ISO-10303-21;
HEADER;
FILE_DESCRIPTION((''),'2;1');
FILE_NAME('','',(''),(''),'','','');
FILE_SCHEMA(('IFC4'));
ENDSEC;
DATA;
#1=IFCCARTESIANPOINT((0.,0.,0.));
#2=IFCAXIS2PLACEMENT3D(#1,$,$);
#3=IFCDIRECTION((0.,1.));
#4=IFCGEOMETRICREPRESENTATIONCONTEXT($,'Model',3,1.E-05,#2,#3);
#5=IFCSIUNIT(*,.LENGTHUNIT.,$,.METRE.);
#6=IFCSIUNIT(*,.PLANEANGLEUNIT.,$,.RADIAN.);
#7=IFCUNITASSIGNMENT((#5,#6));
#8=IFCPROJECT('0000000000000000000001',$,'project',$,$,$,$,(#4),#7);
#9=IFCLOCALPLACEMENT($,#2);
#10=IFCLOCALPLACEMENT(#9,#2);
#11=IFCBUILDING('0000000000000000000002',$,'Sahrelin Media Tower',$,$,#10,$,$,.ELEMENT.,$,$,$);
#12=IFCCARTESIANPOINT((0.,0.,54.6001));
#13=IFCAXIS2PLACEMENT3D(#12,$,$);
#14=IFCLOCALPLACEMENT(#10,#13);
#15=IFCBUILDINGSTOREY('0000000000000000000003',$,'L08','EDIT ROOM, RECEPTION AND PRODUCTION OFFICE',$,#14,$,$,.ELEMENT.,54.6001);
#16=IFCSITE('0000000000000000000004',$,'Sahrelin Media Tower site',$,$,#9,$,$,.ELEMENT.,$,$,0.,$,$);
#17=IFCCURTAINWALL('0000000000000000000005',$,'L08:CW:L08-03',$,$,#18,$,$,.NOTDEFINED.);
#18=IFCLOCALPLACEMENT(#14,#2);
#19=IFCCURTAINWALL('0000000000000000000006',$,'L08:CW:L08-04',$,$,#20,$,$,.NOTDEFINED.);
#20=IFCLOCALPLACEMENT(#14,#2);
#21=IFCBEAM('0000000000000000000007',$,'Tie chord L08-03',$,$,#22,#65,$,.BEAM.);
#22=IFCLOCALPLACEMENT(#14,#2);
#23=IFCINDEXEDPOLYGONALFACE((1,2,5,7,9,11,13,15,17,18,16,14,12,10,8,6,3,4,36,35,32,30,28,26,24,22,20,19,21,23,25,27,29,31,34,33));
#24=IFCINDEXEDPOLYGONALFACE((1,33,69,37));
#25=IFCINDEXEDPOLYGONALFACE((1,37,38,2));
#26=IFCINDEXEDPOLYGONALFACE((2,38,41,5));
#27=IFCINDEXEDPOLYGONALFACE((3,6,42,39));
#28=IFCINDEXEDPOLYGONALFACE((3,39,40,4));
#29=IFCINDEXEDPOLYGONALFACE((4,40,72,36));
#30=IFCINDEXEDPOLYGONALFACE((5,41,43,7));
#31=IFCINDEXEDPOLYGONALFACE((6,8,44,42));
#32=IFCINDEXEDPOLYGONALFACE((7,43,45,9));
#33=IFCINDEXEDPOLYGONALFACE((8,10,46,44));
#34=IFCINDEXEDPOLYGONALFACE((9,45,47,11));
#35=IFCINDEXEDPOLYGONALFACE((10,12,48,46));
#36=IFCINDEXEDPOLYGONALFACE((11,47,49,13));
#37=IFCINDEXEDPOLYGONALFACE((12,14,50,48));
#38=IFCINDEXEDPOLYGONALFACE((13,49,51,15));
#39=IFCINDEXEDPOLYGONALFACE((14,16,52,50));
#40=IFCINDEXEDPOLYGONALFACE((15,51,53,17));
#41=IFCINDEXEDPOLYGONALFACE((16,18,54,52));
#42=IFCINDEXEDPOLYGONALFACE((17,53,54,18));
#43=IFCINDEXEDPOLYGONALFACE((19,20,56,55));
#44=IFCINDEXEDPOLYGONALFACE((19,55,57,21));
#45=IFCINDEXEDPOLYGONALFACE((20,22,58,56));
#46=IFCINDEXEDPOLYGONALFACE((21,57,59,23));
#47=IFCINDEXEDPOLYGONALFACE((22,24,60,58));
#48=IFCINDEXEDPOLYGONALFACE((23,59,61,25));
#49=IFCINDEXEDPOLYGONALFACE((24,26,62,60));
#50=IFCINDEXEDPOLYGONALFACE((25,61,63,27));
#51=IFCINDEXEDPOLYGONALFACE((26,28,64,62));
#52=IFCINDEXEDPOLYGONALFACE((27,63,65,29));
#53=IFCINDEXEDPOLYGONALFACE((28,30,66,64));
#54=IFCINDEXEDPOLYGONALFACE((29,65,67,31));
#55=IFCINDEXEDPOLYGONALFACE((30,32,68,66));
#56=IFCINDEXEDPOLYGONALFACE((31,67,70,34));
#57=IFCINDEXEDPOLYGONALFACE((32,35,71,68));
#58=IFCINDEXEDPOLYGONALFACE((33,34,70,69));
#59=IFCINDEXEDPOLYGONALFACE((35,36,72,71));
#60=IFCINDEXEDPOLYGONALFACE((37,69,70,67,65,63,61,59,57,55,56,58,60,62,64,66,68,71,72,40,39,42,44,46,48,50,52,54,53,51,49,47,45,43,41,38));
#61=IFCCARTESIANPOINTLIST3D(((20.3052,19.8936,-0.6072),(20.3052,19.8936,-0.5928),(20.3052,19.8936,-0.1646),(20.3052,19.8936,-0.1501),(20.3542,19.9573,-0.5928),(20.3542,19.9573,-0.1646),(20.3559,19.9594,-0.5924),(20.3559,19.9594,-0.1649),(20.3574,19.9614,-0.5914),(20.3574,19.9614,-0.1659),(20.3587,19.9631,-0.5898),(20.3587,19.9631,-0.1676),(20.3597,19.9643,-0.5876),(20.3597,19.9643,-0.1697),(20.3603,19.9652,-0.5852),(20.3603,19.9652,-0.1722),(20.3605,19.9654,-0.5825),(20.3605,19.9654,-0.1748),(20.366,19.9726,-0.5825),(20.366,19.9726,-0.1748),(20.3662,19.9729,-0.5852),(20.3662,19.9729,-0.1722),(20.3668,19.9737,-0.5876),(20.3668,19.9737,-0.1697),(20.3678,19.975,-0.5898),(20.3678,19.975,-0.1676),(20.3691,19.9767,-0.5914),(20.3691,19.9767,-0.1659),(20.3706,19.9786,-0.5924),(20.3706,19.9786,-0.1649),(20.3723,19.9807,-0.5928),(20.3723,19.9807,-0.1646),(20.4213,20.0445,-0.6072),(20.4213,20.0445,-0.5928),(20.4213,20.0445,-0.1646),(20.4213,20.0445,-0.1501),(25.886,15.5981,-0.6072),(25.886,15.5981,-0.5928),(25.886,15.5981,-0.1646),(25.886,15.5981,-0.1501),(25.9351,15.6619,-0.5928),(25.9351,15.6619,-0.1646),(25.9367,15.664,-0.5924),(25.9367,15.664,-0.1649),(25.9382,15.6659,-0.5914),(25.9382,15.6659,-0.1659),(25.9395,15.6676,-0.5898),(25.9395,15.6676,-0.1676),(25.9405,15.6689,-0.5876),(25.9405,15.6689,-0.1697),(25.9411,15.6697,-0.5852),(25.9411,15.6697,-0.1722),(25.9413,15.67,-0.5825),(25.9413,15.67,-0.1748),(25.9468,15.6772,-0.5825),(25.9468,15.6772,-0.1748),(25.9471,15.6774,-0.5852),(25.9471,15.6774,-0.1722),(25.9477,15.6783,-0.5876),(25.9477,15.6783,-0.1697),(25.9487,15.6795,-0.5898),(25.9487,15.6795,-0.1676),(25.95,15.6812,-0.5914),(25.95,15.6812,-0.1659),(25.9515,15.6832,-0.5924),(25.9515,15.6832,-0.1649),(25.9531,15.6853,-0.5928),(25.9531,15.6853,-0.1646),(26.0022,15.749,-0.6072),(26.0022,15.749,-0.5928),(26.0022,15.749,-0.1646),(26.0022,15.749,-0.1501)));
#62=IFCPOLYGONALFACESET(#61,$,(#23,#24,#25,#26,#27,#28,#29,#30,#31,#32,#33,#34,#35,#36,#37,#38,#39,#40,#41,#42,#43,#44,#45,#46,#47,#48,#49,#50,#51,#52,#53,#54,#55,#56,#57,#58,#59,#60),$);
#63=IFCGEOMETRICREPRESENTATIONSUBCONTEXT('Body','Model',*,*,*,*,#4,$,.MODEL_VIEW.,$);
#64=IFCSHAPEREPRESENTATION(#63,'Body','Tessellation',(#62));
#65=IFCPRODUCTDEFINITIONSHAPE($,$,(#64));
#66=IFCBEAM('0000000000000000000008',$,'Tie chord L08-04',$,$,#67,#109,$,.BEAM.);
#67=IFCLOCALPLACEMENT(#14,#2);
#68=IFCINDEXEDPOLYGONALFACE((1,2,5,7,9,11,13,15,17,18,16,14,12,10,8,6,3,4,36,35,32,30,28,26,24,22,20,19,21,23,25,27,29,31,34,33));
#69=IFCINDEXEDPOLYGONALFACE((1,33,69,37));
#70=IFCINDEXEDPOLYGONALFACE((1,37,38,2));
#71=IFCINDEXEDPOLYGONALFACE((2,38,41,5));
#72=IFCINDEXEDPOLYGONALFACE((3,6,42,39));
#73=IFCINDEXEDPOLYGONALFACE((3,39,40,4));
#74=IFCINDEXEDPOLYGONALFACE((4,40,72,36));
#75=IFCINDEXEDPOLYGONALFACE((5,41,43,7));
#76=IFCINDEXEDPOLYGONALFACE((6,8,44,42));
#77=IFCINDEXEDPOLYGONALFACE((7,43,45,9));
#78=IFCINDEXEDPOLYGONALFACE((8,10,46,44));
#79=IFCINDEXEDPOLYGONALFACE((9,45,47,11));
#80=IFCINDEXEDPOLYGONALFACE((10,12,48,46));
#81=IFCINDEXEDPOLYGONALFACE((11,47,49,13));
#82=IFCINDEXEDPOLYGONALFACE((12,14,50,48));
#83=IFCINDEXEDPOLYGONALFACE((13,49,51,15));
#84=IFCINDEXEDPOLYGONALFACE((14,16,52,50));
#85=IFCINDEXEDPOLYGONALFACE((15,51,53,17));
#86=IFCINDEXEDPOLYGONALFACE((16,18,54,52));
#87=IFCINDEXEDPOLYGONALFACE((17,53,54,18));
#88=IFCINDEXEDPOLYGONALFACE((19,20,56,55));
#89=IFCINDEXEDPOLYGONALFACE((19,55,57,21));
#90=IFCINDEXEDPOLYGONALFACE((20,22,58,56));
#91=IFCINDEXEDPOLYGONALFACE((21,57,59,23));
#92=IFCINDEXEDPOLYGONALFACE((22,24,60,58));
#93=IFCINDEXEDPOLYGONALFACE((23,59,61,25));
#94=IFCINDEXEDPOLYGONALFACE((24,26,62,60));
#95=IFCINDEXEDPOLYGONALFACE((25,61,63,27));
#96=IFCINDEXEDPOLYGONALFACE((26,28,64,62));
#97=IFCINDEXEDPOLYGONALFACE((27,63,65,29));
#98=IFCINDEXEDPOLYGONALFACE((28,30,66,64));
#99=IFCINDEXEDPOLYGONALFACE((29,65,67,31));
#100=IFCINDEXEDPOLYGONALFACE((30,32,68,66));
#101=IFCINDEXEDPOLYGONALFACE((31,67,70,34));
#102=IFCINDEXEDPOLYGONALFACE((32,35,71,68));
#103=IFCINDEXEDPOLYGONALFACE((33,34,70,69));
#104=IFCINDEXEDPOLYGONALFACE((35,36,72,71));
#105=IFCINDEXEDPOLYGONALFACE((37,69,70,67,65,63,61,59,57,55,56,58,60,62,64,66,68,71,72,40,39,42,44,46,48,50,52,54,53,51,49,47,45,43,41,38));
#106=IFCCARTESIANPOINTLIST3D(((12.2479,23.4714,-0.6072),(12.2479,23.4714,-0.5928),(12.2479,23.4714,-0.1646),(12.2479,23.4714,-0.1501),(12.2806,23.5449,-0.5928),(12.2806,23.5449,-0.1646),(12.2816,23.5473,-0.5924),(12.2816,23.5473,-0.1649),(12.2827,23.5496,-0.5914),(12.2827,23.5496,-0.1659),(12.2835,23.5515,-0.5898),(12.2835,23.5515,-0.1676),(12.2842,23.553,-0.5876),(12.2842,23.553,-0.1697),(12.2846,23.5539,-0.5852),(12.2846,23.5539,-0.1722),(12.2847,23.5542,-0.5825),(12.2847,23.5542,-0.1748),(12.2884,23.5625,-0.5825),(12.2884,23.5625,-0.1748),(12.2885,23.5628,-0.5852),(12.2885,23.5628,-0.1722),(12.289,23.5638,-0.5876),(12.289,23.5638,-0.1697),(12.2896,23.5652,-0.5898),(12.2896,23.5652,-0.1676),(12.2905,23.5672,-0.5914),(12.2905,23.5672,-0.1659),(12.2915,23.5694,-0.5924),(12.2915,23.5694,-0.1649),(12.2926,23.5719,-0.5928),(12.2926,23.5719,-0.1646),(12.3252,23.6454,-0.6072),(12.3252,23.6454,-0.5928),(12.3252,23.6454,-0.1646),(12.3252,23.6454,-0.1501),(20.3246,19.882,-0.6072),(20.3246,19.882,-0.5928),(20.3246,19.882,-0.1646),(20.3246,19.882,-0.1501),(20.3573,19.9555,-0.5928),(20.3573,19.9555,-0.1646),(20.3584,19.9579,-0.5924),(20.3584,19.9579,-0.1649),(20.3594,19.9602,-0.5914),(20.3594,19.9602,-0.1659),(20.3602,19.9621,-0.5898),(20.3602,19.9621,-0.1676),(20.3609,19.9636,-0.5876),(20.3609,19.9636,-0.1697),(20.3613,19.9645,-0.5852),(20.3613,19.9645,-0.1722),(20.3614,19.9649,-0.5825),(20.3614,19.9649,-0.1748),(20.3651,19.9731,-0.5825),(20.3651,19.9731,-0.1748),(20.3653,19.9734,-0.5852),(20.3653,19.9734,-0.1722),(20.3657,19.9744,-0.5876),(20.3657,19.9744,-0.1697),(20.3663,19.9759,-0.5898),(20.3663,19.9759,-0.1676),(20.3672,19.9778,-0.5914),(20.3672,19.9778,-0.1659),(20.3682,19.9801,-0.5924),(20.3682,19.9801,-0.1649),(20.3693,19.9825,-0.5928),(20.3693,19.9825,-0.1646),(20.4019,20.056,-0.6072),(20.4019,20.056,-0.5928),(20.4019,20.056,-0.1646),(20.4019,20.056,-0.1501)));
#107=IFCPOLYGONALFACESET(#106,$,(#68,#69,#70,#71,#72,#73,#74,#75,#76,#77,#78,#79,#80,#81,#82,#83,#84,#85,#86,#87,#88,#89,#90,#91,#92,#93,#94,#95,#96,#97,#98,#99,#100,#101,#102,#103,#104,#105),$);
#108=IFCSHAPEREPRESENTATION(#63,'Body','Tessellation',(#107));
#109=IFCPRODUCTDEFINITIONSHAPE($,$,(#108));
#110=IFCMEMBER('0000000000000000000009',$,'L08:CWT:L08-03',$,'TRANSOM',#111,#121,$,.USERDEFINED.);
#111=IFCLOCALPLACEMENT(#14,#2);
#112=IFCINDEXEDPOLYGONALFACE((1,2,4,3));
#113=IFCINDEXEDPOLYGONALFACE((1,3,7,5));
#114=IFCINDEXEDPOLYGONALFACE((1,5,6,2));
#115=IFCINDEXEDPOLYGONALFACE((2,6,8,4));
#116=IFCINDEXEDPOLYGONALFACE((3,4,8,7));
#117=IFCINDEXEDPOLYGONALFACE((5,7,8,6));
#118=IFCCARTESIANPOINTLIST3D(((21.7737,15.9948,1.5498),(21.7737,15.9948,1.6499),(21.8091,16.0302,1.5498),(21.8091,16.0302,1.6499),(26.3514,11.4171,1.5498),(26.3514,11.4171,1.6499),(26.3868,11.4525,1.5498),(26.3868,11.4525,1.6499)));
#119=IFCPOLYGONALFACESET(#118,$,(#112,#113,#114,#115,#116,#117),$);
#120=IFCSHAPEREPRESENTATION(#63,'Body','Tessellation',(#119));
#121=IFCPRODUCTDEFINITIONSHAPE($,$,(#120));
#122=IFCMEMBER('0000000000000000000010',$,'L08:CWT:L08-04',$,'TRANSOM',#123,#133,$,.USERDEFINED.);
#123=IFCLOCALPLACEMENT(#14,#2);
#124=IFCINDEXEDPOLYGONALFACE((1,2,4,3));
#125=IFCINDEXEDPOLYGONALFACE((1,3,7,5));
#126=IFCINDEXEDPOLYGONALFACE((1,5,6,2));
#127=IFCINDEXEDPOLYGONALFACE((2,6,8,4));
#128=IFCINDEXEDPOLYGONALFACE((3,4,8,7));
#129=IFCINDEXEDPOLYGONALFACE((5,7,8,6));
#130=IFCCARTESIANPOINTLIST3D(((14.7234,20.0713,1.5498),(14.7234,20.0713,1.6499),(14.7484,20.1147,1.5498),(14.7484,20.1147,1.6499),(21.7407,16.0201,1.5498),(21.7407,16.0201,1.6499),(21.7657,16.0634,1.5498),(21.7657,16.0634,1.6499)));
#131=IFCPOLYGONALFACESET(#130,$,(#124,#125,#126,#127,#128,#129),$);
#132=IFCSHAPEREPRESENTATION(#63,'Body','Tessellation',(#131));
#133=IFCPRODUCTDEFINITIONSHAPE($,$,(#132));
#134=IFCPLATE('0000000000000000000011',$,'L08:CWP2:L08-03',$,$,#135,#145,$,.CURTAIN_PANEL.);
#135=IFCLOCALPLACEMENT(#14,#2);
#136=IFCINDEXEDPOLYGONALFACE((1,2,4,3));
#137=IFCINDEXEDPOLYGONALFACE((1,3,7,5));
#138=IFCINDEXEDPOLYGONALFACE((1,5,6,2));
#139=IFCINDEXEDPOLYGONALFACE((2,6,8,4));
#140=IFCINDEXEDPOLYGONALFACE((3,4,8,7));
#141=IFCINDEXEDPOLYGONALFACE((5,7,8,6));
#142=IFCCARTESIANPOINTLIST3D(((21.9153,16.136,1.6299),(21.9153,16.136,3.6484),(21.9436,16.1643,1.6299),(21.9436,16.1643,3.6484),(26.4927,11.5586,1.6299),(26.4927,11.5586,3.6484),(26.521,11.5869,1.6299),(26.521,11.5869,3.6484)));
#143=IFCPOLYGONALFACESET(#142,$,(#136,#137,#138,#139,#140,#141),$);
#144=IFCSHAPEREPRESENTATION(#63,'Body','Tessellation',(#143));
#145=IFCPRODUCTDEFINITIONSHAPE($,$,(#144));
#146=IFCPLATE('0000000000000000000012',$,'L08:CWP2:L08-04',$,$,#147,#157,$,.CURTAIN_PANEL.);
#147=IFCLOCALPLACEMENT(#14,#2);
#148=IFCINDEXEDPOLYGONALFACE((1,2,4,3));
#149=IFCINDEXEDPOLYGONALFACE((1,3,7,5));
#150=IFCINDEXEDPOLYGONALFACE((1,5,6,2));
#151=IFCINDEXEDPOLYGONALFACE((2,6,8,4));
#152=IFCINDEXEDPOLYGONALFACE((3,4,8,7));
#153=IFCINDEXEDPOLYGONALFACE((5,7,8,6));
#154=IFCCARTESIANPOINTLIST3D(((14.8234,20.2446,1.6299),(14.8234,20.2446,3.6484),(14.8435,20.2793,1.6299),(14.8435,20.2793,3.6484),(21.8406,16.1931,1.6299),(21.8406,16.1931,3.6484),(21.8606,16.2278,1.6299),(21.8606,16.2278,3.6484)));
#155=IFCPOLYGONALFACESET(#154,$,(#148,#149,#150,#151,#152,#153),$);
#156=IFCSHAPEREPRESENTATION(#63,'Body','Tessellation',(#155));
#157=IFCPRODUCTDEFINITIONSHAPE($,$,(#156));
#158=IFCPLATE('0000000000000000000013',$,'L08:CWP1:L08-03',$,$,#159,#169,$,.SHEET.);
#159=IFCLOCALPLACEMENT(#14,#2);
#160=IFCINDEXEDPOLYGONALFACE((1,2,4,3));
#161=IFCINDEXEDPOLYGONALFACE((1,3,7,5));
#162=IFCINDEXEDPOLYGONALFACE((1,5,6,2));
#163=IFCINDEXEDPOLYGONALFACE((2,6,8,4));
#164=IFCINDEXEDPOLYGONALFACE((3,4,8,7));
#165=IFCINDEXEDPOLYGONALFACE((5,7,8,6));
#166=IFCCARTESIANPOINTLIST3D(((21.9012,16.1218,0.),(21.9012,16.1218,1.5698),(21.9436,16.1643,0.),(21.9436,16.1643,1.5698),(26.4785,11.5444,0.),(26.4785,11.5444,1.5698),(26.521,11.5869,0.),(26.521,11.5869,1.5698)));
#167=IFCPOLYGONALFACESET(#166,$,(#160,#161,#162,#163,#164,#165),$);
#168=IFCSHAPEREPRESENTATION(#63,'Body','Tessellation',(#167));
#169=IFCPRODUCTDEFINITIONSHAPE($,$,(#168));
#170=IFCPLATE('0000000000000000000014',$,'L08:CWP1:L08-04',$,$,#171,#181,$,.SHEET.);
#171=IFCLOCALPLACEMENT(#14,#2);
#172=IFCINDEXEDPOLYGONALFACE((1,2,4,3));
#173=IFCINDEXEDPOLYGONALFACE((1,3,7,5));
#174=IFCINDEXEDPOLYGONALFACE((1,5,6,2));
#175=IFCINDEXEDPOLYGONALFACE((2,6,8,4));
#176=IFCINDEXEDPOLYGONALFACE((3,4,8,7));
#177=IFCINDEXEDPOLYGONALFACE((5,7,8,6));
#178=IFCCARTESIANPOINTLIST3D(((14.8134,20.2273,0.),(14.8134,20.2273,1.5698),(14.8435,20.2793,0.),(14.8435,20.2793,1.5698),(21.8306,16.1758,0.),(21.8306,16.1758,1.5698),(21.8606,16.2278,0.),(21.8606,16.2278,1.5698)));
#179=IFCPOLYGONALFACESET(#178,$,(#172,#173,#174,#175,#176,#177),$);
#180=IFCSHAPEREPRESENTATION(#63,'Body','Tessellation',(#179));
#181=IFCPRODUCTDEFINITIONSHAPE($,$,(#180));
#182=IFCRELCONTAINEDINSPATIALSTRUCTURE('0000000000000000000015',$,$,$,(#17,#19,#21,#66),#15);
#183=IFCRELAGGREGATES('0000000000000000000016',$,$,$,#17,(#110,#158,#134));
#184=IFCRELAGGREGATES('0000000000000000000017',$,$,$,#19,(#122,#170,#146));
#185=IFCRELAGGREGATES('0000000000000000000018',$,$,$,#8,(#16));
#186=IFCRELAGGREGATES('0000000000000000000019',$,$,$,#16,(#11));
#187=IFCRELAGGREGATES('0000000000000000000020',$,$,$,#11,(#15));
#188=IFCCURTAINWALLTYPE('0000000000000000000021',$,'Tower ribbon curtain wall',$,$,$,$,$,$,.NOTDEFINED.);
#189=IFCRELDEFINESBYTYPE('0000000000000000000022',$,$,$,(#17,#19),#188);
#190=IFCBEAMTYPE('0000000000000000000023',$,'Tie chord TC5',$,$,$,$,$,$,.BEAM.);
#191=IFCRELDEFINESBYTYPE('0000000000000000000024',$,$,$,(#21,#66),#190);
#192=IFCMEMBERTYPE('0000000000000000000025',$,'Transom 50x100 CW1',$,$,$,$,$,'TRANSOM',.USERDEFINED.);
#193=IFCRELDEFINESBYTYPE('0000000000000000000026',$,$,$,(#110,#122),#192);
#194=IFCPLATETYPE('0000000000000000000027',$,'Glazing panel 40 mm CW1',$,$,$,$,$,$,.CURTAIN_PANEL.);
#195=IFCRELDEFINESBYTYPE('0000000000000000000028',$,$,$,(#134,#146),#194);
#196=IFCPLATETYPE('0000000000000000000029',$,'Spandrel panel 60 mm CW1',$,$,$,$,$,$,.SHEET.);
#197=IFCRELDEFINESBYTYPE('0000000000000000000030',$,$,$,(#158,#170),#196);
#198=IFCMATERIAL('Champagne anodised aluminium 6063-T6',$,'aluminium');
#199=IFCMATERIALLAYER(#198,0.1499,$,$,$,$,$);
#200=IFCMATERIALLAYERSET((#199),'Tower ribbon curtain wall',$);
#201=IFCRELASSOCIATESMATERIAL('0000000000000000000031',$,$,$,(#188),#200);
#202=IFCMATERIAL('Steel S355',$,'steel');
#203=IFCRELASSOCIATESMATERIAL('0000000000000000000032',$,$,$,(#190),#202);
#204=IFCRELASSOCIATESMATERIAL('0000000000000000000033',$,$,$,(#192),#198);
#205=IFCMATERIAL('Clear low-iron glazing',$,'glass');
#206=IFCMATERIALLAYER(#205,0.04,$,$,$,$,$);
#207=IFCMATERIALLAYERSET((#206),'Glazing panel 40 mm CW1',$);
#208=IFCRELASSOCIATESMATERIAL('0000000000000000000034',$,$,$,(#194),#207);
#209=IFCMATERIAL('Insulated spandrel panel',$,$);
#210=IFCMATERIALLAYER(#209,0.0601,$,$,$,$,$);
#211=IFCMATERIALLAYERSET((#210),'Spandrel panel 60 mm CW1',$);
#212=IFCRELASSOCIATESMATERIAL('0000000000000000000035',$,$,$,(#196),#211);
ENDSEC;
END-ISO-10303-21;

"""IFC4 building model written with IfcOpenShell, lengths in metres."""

from ifc_helpers import new_model, si_unit, direction, frame, origin, origin_2d, place, context, subcontext, project, spatial, polyline, rectangle, i_section, outline, extrude, material, layer, layer_set, material_profile, profile_set, type_object, element, aggregate, save


model = new_model("IFC4")

# Units and contexts
model_context = context("Model", 3, precision=1e-05, world=origin(), true_north=direction((0.0, 1.0)))
body_context = subcontext(model_context, "Body", "Model", "MODEL_VIEW")
ifc_project = project(units=[si_unit("LENGTHUNIT", "METRE"), si_unit("PLANEANGLEUNIT", "RADIAN")], contexts=[model_context])

# Site, building, storey
site_placement = place(None, origin())
site = spatial("IfcSite", under=ifc_project, at=site_placement, Name="Sahrelin Media Tower site", CompositionType="ELEMENT", RefElevation=0.0)
building_placement = place(site_placement, origin())
building = spatial("IfcBuilding", under=site, at=building_placement, Name="Sahrelin Media Tower", CompositionType="ELEMENT")
storey_placement = place(building_placement, frame((0.0, 0.0, 54.6001)))
storey = spatial("IfcBuildingStorey", under=building, at=storey_placement, Name="L08", Description="EDIT ROOM, RECEPTION AND PRODUCTION OFFICE", CompositionType="ELEMENT", Elevation=54.6001)

# Shared definitions
ifc_material_1 = material(Name="Steel S355", Category="steel")

# Curtain walls
ifc_material_2 = material(Name="Champagne anodised aluminium 6063-T6", Category="aluminium")
ifc_layer_1 = layer(ifc_material_2, 0.1499)
ifc_layer_set_1 = layer_set([ifc_layer_1], Name="Tower ribbon curtain wall")
curtain_wall_type = type_object("IfcCurtainWallType", Name="Tower ribbon curtain wall", PredefinedType="NOTDEFINED", material=ifc_layer_set_1)
curtain_wall_1_placement = place(storey_placement, frame((24.218, 13.8613, 0.0), z_axis=(0.0, 0.0, 1.0), x_axis=(1.0, 0.0, 0.0)))
curtain_wall_1 = element("IfcCurtainWall", 1, at=curtain_wall_1_placement, inside=storey, type_object=curtain_wall_type, Name="L08:CW:L08-03", PredefinedType="NOTDEFINED")
curtain_wall_2_placement = place(storey_placement, frame((18.342, 18.2363, 0.0), z_axis=(0.0, 0.0, 1.0), x_axis=(1.0, 0.0, 0.0)))
curtain_wall_2 = element("IfcCurtainWall", 2, at=curtain_wall_2_placement, inside=storey, type_object=curtain_wall_type, Name="L08:CW:L08-04", PredefinedType="NOTDEFINED")

# Beams
ifc_material_profile_1 = material_profile(ifc_material_1, i_section(OverallWidth=0.1904, OverallDepth=0.457, WebThickness=0.009, FlangeThickness=0.0144, FilletRadius=0.0103, at=origin_2d()), Name="UB 457x191x74")
ifc_profile_set_1 = profile_set([ifc_material_profile_1], Name="Steel S355")
beam_type_1 = type_object("IfcBeamType", Name="Tie chord TC5", PredefinedType="BEAM", material=ifc_profile_set_1)
beam_1_placement = place(storey_placement, frame((25.9441, 15.6736, -0.3787), z_axis=(-0.792454, 0.609932, 0.0), x_axis=(-0.609932, -0.792454, 0.0)))
element("IfcBeam", 3, at=beam_1_placement, inside=storey, type_object=beam_type_1, Name="Tie chord L08-03", PredefinedType="BEAM", context=body_context, shape_type="SweptSolid", body=[
    extrude(i_section(OverallWidth=0.1904, OverallDepth=0.457, WebThickness=0.009, FlangeThickness=0.0144, FilletRadius=0.0103, at=origin_2d()), origin(), (0.0, 0.0, 1.0), 7.0425),
])
beam_2_placement = place(storey_placement, frame((20.3633, 19.969, -0.3787), z_axis=(-0.913823, 0.406113, 0.0), x_axis=(-0.406113, -0.913823, 0.0)))
element("IfcBeam", 4, at=beam_2_placement, inside=storey, type_object=beam_type_1, Name="Tie chord L08-04", PredefinedType="BEAM", context=body_context, shape_type="SweptSolid", body=[
    extrude(i_section(OverallWidth=0.1904, OverallDepth=0.457, WebThickness=0.009, FlangeThickness=0.0144, FilletRadius=0.0103, at=origin_2d()), origin(), (0.0, 0.0, 1.0), 8.8384),
])

# Members
ifc_material_profile_2 = material_profile(ifc_material_2, rectangle(XDim=0.05, YDim=0.1001, at=origin_2d()), Name="Transom 50x100")
ifc_profile_set_2 = profile_set([ifc_material_profile_2], Name="Champagne anodised aluminium 6063-T6")
member_type_1 = type_object("IfcMemberType", Name="Transom 50x100 CW1", ElementType="TRANSOM", PredefinedType="USERDEFINED", material=ifc_profile_set_2)
member_1_placement = place(storey_placement, frame((26.3691, 11.4348, 1.5999), z_axis=(-0.707107, 0.707107, 0.0), x_axis=(-0.707107, -0.707107, 0.0)))
member_1 = element("IfcMember", 5, at=member_1_placement, type_object=member_type_1, Name="L08:CWT:L08-03", ObjectType="TRANSOM", PredefinedType="USERDEFINED", context=body_context, shape_type="SweptSolid", body=[
    extrude(rectangle(XDim=0.05, YDim=0.1001, at=origin_2d()), origin(), (0.0, 0.0, 1.0), 6.4739),
])
member_2_placement = place(storey_placement, frame((21.7532, 16.0417, 1.5999), z_axis=(-0.866036, 0.499982, 0.0), x_axis=(-0.499982, -0.866036, 0.0)))
member_2 = element("IfcMember", 6, at=member_2_placement, type_object=member_type_1, Name="L08:CWT:L08-04", ObjectType="TRANSOM", PredefinedType="USERDEFINED", context=body_context, shape_type="SweptSolid", body=[
    extrude(rectangle(XDim=0.05, YDim=0.1001, at=origin_2d()), origin(), (0.0, 0.0, 1.0), 8.1028),
])

# Plates
ifc_material_3 = material(Name="Clear low-iron glazing", Category="glass")
ifc_layer_2 = layer(ifc_material_3, 0.04)
ifc_layer_set_2 = layer_set([ifc_layer_2], Name="Glazing panel 40 mm CW1")
plate_type_1 = type_object("IfcPlateType", Name="Glazing panel 40 mm CW1", PredefinedType="CURTAIN_PANEL", material=ifc_layer_set_2)
plate_1_placement = place(storey_placement, frame((26.521, 11.5869, 1.6299), z_axis=(0.707107, 0.707107, 0.0), x_axis=(-0.707107, 0.707107, 0.0)))
plate_1 = element("IfcPlate", 7, at=plate_1_placement, type_object=plate_type_1, Name="L08:CWP2:L08-03", PredefinedType="CURTAIN_PANEL", context=body_context, shape_type="SweptSolid", body=[
    extrude(outline(polyline([(0.0, 0.0), (6.4734, 0.0), (6.4734, 2.0186), (0.0, 2.0186), (0.0, 0.0)])), origin(), (0.0, 0.0, -1.0), 0.04),
])
plate_2_placement = place(storey_placement, frame((21.8606, 16.2278, 1.6299), z_axis=(0.500018, 0.866015, 0.0), x_axis=(-0.866015, 0.500018, 0.0)))
plate_2 = element("IfcPlate", 8, at=plate_2_placement, type_object=plate_type_1, Name="L08:CWP2:L08-04", PredefinedType="CURTAIN_PANEL", context=body_context, shape_type="SweptSolid", body=[
    extrude(outline(polyline([(0.0, 0.0), (8.1028, 0.0), (8.1028, 2.0186), (0.0, 2.0186), (0.0, 0.0)])), origin(), (0.0, 0.0, -1.0), 0.04),
])
ifc_material_4 = material(Name="Insulated spandrel panel")
ifc_layer_3 = layer(ifc_material_4, 0.0601)
ifc_layer_set_3 = layer_set([ifc_layer_3], Name="Spandrel panel 60 mm CW1")
plate_type_2 = type_object("IfcPlateType", Name="Spandrel panel 60 mm CW1", PredefinedType="SHEET", material=ifc_layer_set_3)
plate_3_placement = place(storey_placement, frame((26.521, 11.5869, 0.0), z_axis=(0.707107, 0.707107, 0.0), x_axis=(-0.707107, 0.707107, 0.0)))
plate_3 = element("IfcPlate", 9, at=plate_3_placement, type_object=plate_type_2, Name="L08:CWP1:L08-03", PredefinedType="SHEET", context=body_context, shape_type="SweptSolid", body=[
    extrude(outline(polyline([(0.0, 0.0), (6.4734, 0.0), (6.4734, 1.5698), (0.0, 1.5698), (0.0, 0.0)])), origin(), (0.0, 0.0, -1.0), 0.0601),
])
aggregate(curtain_wall_1, [member_1, plate_3, plate_1])
plate_4_placement = place(storey_placement, frame((21.8606, 16.2278, 0.0), z_axis=(0.500018, 0.866015, 0.0), x_axis=(-0.866015, 0.500018, 0.0)))
plate_4 = element("IfcPlate", 10, at=plate_4_placement, type_object=plate_type_2, Name="L08:CWP1:L08-04", PredefinedType="SHEET", context=body_context, shape_type="SweptSolid", body=[
    extrude(outline(polyline([(0.0, 0.0), (8.1028, 0.0), (8.1028, 1.5698), (0.0, 1.5698), (0.0, 0.0)])), origin(), (0.0, 0.0, -1.0), 0.0601),
])
aggregate(curtain_wall_2, [member_2, plate_4, plate_2])

save(model, "model.ifc")
